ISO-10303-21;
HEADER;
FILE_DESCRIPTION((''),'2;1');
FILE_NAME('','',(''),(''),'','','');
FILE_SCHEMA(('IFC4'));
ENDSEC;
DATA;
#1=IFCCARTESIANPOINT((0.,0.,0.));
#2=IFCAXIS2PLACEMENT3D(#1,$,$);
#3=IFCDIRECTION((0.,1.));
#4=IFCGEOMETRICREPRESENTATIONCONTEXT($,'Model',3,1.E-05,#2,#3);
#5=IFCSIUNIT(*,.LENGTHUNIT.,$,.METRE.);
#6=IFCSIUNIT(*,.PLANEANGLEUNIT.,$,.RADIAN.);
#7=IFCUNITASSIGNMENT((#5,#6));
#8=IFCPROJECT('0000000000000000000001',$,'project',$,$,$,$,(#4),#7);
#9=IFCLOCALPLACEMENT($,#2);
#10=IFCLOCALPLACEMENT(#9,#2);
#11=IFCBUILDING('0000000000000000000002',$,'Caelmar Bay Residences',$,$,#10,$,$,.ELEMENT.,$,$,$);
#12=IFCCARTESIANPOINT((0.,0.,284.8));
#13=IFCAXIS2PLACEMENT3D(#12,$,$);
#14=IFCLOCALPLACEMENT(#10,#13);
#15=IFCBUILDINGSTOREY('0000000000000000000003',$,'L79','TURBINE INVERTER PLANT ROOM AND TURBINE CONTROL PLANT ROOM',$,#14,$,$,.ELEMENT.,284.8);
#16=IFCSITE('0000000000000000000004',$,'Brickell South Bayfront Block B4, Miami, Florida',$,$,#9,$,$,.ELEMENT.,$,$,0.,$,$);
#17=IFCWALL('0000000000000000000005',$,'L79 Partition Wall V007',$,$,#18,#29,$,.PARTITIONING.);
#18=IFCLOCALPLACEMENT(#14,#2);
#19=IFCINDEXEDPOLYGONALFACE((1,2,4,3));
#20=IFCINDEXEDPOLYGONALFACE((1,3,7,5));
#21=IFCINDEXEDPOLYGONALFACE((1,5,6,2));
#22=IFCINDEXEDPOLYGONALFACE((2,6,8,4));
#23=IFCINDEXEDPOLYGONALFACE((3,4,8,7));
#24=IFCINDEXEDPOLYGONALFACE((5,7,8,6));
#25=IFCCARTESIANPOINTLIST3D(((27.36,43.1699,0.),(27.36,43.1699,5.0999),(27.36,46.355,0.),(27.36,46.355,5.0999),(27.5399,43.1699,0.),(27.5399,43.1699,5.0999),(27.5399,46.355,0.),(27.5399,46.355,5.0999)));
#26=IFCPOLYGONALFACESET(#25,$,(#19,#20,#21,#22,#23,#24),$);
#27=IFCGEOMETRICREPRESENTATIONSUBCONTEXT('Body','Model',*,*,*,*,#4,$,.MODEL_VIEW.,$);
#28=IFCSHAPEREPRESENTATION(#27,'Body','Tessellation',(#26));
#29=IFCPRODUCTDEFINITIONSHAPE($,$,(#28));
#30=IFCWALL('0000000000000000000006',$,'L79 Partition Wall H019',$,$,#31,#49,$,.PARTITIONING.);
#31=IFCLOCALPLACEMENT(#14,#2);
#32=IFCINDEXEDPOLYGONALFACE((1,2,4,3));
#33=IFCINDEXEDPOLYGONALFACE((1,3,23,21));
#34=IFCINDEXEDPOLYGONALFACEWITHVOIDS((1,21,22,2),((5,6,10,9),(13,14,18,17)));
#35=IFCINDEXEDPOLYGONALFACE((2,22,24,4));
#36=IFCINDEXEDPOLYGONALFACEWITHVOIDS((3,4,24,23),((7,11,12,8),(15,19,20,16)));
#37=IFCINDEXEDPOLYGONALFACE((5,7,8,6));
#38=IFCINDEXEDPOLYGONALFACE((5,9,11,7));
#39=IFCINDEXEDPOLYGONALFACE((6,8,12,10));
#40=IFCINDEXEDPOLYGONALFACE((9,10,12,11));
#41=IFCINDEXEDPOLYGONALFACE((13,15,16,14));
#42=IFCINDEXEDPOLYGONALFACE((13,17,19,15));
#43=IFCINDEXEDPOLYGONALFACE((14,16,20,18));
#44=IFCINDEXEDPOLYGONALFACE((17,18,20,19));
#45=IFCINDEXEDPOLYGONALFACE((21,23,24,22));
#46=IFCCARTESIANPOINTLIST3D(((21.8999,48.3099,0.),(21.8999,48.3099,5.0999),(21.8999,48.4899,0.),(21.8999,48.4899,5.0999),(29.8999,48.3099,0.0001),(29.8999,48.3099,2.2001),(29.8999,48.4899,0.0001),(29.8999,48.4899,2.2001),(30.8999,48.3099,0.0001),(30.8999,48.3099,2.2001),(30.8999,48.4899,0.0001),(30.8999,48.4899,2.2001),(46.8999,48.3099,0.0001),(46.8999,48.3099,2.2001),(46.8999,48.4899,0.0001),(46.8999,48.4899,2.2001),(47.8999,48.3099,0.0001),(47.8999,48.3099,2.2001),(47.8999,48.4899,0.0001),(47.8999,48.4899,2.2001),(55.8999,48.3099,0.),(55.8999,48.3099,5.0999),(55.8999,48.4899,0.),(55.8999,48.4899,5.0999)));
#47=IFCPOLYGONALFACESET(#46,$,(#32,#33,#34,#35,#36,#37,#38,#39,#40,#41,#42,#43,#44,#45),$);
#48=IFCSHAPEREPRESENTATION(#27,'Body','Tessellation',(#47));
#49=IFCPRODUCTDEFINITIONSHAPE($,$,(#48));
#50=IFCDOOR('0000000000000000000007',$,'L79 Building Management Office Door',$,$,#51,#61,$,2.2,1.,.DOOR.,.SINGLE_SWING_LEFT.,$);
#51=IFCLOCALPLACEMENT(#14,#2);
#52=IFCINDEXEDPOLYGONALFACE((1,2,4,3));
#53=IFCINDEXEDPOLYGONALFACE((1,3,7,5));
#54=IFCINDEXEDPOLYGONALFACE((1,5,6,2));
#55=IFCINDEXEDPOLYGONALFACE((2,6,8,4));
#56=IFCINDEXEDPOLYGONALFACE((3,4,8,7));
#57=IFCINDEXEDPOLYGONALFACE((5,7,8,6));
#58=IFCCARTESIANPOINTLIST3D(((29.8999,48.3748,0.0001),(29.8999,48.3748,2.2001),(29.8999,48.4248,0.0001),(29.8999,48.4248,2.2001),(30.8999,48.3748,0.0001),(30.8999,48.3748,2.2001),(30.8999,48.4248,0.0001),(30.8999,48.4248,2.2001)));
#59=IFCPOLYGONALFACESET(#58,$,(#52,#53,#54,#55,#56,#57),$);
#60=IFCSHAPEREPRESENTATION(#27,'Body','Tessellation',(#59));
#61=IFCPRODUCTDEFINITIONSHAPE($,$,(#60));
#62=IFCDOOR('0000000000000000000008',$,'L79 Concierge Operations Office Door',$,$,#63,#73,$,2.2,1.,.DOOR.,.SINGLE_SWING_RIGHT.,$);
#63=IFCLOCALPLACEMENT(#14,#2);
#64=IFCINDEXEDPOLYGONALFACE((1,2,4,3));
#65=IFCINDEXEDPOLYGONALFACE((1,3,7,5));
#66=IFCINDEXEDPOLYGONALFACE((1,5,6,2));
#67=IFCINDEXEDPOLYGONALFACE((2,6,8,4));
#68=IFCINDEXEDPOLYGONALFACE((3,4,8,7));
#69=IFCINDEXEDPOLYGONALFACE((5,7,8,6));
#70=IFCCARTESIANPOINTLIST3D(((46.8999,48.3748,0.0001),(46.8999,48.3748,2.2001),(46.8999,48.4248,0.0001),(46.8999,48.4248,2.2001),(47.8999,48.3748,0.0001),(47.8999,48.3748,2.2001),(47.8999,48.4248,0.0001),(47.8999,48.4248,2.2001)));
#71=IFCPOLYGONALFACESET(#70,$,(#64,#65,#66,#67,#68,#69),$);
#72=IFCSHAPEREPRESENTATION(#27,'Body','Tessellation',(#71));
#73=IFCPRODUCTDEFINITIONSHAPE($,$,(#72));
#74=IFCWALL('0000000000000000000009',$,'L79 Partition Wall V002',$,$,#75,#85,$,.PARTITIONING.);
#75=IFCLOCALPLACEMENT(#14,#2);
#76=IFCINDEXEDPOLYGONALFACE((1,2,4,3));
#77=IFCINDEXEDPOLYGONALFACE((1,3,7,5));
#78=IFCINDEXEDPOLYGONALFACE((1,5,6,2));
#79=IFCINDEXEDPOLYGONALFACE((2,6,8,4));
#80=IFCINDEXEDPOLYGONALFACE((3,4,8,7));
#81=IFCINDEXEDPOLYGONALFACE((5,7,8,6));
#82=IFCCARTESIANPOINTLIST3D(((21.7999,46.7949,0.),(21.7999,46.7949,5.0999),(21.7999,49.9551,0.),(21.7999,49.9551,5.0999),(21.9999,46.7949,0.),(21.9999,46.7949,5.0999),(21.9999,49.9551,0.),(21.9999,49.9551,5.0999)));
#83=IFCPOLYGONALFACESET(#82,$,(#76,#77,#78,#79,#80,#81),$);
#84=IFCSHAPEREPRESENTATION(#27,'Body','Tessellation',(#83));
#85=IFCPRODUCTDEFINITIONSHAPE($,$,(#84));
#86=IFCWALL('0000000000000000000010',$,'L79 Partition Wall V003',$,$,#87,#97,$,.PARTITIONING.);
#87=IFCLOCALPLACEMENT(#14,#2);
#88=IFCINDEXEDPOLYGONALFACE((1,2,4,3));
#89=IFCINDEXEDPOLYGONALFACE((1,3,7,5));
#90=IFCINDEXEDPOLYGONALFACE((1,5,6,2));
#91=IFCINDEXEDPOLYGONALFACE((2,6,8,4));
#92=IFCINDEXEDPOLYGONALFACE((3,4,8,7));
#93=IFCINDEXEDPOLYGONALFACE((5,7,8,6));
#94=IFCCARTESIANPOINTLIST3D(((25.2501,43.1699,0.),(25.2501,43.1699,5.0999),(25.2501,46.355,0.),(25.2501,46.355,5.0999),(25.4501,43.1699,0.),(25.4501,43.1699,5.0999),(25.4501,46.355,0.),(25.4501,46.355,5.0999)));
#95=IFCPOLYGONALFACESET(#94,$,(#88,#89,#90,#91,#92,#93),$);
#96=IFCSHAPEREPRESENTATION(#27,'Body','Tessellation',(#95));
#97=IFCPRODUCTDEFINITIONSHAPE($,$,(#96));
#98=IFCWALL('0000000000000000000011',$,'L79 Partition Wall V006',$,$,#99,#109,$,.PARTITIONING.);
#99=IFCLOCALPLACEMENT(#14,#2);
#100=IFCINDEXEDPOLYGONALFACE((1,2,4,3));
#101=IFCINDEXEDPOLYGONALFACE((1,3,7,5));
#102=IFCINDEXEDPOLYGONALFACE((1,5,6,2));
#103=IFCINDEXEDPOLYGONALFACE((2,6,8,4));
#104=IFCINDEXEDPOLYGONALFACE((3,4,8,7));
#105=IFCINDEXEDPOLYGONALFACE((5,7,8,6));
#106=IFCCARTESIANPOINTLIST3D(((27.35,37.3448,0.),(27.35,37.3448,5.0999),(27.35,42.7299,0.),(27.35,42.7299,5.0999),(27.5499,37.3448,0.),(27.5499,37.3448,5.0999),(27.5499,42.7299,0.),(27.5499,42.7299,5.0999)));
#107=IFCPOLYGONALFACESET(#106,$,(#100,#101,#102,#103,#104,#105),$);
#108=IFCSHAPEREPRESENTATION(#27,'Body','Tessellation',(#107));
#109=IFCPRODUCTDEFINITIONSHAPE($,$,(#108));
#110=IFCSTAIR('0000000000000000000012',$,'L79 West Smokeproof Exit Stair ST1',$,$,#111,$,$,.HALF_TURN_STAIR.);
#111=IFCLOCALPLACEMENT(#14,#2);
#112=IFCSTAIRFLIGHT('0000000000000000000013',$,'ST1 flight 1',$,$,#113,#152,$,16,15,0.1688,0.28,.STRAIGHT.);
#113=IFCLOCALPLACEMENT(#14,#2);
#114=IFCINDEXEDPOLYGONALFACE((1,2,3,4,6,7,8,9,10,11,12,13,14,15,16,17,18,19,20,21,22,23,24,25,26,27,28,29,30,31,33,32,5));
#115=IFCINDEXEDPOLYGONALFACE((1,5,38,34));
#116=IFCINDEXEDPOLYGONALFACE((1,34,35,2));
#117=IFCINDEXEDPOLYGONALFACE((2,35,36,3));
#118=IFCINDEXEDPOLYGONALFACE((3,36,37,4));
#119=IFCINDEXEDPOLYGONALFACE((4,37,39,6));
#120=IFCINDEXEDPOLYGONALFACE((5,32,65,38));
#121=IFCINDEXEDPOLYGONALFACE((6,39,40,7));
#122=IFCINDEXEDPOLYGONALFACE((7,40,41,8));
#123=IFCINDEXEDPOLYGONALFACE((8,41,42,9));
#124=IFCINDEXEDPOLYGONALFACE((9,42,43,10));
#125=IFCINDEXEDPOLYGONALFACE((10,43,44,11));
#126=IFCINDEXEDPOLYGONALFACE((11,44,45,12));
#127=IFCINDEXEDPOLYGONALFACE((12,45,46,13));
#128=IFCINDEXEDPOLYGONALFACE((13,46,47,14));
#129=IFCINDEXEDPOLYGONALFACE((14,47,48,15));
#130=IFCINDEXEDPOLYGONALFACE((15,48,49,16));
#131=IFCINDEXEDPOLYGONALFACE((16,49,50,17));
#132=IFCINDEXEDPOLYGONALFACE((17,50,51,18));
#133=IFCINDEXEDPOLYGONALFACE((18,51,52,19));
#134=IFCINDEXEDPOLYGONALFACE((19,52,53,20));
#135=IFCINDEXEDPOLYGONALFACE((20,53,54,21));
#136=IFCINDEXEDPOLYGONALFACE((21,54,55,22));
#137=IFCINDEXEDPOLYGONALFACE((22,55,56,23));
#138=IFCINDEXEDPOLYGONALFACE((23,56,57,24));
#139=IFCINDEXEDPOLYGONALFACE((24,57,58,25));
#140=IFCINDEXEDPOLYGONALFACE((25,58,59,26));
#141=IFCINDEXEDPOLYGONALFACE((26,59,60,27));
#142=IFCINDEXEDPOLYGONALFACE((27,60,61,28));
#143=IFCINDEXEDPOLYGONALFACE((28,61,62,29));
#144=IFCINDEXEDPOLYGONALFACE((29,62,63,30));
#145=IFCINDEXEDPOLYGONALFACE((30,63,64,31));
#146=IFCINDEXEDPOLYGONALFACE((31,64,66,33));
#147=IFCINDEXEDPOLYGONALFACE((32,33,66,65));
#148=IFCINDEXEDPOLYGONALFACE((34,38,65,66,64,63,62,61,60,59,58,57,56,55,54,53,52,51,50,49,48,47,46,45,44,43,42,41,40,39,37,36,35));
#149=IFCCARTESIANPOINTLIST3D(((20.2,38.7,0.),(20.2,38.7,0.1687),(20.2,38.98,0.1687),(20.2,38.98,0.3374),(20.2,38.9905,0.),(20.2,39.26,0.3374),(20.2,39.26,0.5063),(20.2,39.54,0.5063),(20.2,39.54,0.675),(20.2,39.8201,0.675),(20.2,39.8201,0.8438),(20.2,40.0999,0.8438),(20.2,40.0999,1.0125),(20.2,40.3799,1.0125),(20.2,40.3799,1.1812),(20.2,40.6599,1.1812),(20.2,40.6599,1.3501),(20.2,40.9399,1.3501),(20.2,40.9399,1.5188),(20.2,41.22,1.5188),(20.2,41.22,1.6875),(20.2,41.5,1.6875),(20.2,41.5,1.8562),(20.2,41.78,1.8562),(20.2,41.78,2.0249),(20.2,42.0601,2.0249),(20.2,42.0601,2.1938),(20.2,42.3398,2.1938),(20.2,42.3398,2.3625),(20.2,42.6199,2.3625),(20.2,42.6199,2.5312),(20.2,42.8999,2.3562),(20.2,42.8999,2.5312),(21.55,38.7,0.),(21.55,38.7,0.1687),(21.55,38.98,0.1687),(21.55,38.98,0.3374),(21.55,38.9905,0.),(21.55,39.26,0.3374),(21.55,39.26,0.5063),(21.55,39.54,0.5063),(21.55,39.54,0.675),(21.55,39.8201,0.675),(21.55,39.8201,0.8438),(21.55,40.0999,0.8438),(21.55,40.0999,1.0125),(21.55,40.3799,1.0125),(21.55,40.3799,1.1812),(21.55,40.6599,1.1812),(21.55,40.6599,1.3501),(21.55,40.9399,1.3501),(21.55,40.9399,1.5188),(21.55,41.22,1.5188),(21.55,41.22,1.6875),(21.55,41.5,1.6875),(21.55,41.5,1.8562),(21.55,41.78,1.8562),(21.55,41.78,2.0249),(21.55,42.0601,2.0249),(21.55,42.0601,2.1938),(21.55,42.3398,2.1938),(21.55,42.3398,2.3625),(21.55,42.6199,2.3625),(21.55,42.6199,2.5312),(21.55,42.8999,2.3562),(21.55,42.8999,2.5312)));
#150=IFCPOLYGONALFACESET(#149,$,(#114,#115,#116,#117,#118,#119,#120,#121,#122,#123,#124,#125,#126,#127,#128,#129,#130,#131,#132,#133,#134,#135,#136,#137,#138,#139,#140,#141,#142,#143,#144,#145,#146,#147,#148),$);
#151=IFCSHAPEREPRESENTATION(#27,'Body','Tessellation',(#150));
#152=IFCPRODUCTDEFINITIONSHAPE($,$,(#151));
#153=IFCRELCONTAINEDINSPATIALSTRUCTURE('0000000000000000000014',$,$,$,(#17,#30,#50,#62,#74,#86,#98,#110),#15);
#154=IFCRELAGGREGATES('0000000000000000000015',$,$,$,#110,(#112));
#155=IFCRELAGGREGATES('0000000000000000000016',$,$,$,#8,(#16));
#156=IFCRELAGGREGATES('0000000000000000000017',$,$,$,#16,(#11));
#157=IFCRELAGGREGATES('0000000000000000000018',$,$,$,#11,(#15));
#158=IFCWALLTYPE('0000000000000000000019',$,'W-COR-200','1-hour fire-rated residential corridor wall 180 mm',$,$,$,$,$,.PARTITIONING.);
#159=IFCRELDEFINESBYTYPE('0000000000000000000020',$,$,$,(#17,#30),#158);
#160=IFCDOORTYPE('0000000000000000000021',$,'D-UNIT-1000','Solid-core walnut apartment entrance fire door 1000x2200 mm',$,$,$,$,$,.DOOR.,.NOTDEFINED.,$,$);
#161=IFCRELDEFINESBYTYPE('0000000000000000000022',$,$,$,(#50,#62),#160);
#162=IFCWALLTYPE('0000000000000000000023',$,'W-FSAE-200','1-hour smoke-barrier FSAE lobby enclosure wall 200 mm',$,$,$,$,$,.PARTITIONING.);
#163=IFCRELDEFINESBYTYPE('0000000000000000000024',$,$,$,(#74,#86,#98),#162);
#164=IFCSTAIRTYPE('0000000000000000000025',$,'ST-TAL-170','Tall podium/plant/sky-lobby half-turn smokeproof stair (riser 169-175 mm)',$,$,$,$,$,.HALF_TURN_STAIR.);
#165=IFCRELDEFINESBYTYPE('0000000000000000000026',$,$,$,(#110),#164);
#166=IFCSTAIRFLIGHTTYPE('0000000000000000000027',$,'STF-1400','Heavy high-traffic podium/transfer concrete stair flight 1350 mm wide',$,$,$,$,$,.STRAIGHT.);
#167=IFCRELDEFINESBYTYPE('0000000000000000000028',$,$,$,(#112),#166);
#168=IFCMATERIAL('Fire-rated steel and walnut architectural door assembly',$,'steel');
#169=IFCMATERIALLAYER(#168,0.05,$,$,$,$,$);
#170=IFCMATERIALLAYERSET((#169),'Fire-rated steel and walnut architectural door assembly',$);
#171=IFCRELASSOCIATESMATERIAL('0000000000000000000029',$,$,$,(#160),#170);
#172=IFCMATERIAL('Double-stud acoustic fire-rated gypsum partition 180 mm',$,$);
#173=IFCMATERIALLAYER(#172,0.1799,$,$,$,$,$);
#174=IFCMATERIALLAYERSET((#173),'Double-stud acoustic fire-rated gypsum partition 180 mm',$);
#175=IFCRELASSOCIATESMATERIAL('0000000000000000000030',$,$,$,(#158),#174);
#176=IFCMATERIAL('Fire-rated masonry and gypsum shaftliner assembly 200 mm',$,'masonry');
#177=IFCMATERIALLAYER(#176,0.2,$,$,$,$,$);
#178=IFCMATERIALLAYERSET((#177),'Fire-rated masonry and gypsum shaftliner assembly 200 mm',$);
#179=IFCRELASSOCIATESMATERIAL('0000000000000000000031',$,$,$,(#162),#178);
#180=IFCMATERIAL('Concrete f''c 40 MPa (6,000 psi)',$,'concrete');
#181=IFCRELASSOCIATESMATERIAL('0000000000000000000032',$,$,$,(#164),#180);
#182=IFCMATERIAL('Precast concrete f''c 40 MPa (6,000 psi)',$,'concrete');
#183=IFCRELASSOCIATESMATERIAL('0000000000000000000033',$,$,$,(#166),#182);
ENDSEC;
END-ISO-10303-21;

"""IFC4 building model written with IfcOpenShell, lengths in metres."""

from ifc_helpers import new_model, si_unit, direction, frame, frame_2d, origin, place, context, subcontext, project, spatial, polyline, rectangle, outline, extrude, material, layer, layer_set, type_object, element, fill, aggregate, save


model = new_model("IFC4")

# Units and contexts
model_context = context("Model", 3, precision=1e-05, world=origin(), true_north=direction((0.0, 1.0)))
body_context = subcontext(model_context, "Body", "Model", "MODEL_VIEW")
ifc_project = project(units=[si_unit("LENGTHUNIT", "METRE"), si_unit("PLANEANGLEUNIT", "RADIAN")], contexts=[model_context])

# Site, building, storey
site_placement = place(None, origin())
site = spatial("IfcSite", under=ifc_project, at=site_placement, Name="Brickell South Bayfront Block B4, Miami, Florida", CompositionType="ELEMENT", RefElevation=0.0)
building_placement = place(site_placement, origin())
building = spatial("IfcBuilding", under=site, at=building_placement, Name="Caelmar Bay Residences", CompositionType="ELEMENT")
storey_placement = place(building_placement, frame((0.0, 0.0, 284.8)))
storey = spatial("IfcBuildingStorey", under=building, at=storey_placement, Name="L79", Description="TURBINE INVERTER PLANT ROOM AND TURBINE CONTROL PLANT ROOM", CompositionType="ELEMENT", Elevation=284.8)

# Shared definitions
ifc_material_1 = material(Name="Fire-rated steel and walnut architectural door assembly", Category="steel")

# Shared definitions
ifc_layer_1 = layer(ifc_material_1, 0.05)
ifc_layer_set_1 = layer_set([ifc_layer_1], Name="Fire-rated steel and walnut architectural door assembly")
door_type_1 = type_object("IfcDoorType", Name="D-UNIT-1000", Description="Solid-core walnut apartment entrance fire door 1000x2200 mm", OperationType="NOTDEFINED", PredefinedType="DOOR", material=ifc_layer_set_1)

# Wall
ifc_material_2 = material(Name="Double-stud acoustic fire-rated gypsum partition 180 mm")
ifc_layer_2 = layer(ifc_material_2, 0.1799)
ifc_layer_set_2 = layer_set([ifc_layer_2], Name="Double-stud acoustic fire-rated gypsum partition 180 mm")
wall_type_1 = type_object("IfcWallType", Name="W-COR-200", Description="1-hour fire-rated residential corridor wall 180 mm", PredefinedType="PARTITIONING", material=ifc_layer_set_2)
wall_1_placement = place(storey_placement, frame((27.45, 43.1699, 0.0), z_axis=(0.0, 0.0, 1.0), x_axis=(0.0, 1.0, 0.0)))
element("IfcWall", 1, at=wall_1_placement, inside=storey, type_object=wall_type_1, Name="L79 Partition Wall V007", PredefinedType="PARTITIONING", context=body_context, shape_type="SweptSolid", body=[
    extrude(rectangle(XDim=3.1851, YDim=0.1799, at=frame_2d((1.5925, 0.0))), origin(), (0.0, 0.0, 1.0), 5.0999),
])

# Wall, openings, doors
wall_2_placement = place(storey_placement, frame((21.8999, 48.3999, 0.0), z_axis=(0.0, 0.0, 1.0), x_axis=(1.0, 0.0, 0.0)))
wall_2 = element("IfcWall", 2, at=wall_2_placement, inside=storey, type_object=wall_type_1, Name="L79 Partition Wall H019", PredefinedType="PARTITIONING", context=body_context, shape_type="SweptSolid", body=[
    extrude(rectangle(XDim=34.0, YDim=0.1799, at=frame_2d((17.0, 0.0))), origin(), (0.0, 0.0, 1.0), 5.0999),
])
opening_1_placement = place(wall_2_placement, frame((8.0, 0.0, 0.0)))
opening_1 = element("IfcOpeningElement", 3, at=opening_1_placement, cuts=wall_2, PredefinedType="OPENING", context=body_context, shape_type="SweptSolid", body=[
    extrude(rectangle(XDim=1.0, YDim=2.2, at=frame_2d((0.5, 1.1001))), frame((0.0, 0.0999, 0.0), z_axis=(0.0, -1.0, 0.0), x_axis=(1.0, 0.0, 0.0)), (0.0, 0.0, 1.0), 0.2),
])
opening_2_placement = place(wall_2_placement, frame((25.0, 0.0, 0.0)))
opening_2 = element("IfcOpeningElement", 4, at=opening_2_placement, cuts=wall_2, PredefinedType="OPENING", context=body_context, shape_type="SweptSolid", body=[
    extrude(rectangle(XDim=1.0, YDim=2.2, at=frame_2d((0.5, 1.1001))), frame((0.0, 0.0999, 0.0), z_axis=(0.0, -1.0, 0.0), x_axis=(1.0, 0.0, 0.0)), (0.0, 0.0, 1.0), 0.2),
])
door_1_placement = place(opening_1_placement, origin())
door_1 = element("IfcDoor", 5, at=door_1_placement, inside=storey, type_object=door_type_1, Name="L79 Building Management Office Door", OperationType="SINGLE_SWING_LEFT", OverallHeight=2.2, OverallWidth=1.0, PredefinedType="DOOR", context=body_context, shape_type="SweptSolid", body=[
    extrude(rectangle(XDim=1.0, YDim=2.2, at=frame_2d((0.5, 1.1001))), frame((0.0, 0.0249, 0.0), z_axis=(0.0, -1.0, 0.0), x_axis=(1.0, 0.0, 0.0)), (0.0, 0.0, 1.0), 0.05),
])
fill(opening_1, door_1)
door_2_placement = place(opening_2_placement, origin())
door_2 = element("IfcDoor", 6, at=door_2_placement, inside=storey, type_object=door_type_1, Name="L79 Concierge Operations Office Door", OperationType="SINGLE_SWING_RIGHT", OverallHeight=2.2, OverallWidth=1.0, PredefinedType="DOOR", context=body_context, shape_type="SweptSolid", body=[
    extrude(rectangle(XDim=1.0, YDim=2.2, at=frame_2d((0.5, 1.1001))), frame((0.0, 0.0249, 0.0), z_axis=(0.0, -1.0, 0.0), x_axis=(1.0, 0.0, 0.0)), (0.0, 0.0, 1.0), 0.05),
])
fill(opening_2, door_2)

# Walls
ifc_material_3 = material(Name="Fire-rated masonry and gypsum shaftliner assembly 200 mm", Category="masonry")
ifc_layer_3 = layer(ifc_material_3, 0.2)
ifc_layer_set_3 = layer_set([ifc_layer_3], Name="Fire-rated masonry and gypsum shaftliner assembly 200 mm")
wall_type_2 = type_object("IfcWallType", Name="W-FSAE-200", Description="1-hour smoke-barrier FSAE lobby enclosure wall 200 mm", PredefinedType="PARTITIONING", material=ifc_layer_set_3)
wall_3_placement = place(storey_placement, frame((21.8999, 46.7949, 0.0), z_axis=(0.0, 0.0, 1.0), x_axis=(0.0, 1.0, 0.0)))
element("IfcWall", 7, at=wall_3_placement, inside=storey, type_object=wall_type_2, Name="L79 Partition Wall V002", PredefinedType="PARTITIONING", context=body_context, shape_type="SweptSolid", body=[
    extrude(rectangle(XDim=3.1602, YDim=0.2, at=frame_2d((1.5801, 0.0))), origin(), (0.0, 0.0, 1.0), 5.0999),
])
wall_4_placement = place(storey_placement, frame((25.3501, 43.1699, 0.0), z_axis=(0.0, 0.0, 1.0), x_axis=(0.0, 1.0, 0.0)))
element("IfcWall", 8, at=wall_4_placement, inside=storey, type_object=wall_type_2, Name="L79 Partition Wall V003", PredefinedType="PARTITIONING", context=body_context, shape_type="SweptSolid", body=[
    extrude(rectangle(XDim=3.1851, YDim=0.2, at=frame_2d((1.5925, 0.0))), origin(), (0.0, 0.0, 1.0), 5.0999),
])
wall_5_placement = place(storey_placement, frame((27.45, 37.345, 0.0), z_axis=(0.0, 0.0, 1.0), x_axis=(0.0, 1.0, 0.0)))
element("IfcWall", 9, at=wall_5_placement, inside=storey, type_object=wall_type_2, Name="L79 Partition Wall V006", PredefinedType="PARTITIONING", context=body_context, shape_type="SweptSolid", body=[
    extrude(rectangle(XDim=5.385, YDim=0.2, at=frame_2d((2.6924, 0.0))), origin(), (0.0, 0.0, 1.0), 5.0999),
])

# Stair, stair flight
ifc_material_4 = material(Name="Concrete f'c 40 MPa (6,000 psi)", Category="concrete")
stair_type = type_object("IfcStairType", Name="ST-TAL-170", Description="Tall podium/plant/sky-lobby half-turn smokeproof stair (riser 169-175 mm)", PredefinedType="HALF_TURN_STAIR", material=ifc_material_4)
stair_placement = place(storey_placement, origin())
stair = element("IfcStair", 10, at=stair_placement, inside=storey, type_object=stair_type, Name="L79 West Smokeproof Exit Stair ST1", PredefinedType="HALF_TURN_STAIR")
ifc_material_5 = material(Name="Precast concrete f'c 40 MPa (6,000 psi)", Category="concrete")
stair_flight_type = type_object("IfcStairFlightType", Name="STF-1400", Description="Heavy high-traffic podium/transfer concrete stair flight 1350 mm wide", PredefinedType="STRAIGHT", material=ifc_material_5)
stair_flight_1_placement = place(storey_placement, frame((20.875, 38.7, 0.0), z_axis=(0.0, 0.0, 1.0), x_axis=(0.0, 1.0, 0.0)))
stair_flight_1 = element("IfcStairFlight", 11, at=stair_flight_1_placement, type_object=stair_flight_type, Name="ST1 flight 1", NumberOfRisers=16, NumberOfTreads=15, PredefinedType="STRAIGHT", RiserHeight=0.1688, TreadLength=0.28, context=body_context, shape_type="SweptSolid", body=[
    extrude(outline(polyline([(0.0, 0.0), (0.0, 0.1687), (0.28, 0.1687), (0.28, 0.3374), (0.5601, 0.3374), (0.5601, 0.5063), (0.8401, 0.5063), (0.8401, 0.675), (1.1201, 0.675), (1.1201, 0.8438), (1.3999, 0.8438), (1.3999, 1.0125), (1.6799, 1.0125), (1.6799, 1.1812), (1.96, 1.1812), (1.96, 1.3501), (2.24, 1.3501), (2.24, 1.5188), (2.52, 1.5188), (2.52, 1.6875), (2.8, 1.6875), (2.8, 1.8562), (3.0801, 1.8562), (3.0801, 2.0249), (3.3601, 2.0249), (3.3601, 2.1938), (3.6399, 2.1938), (3.6399, 2.3625), (3.9199, 2.3625), (3.9199, 2.5312), (4.2, 2.5312), (4.2, 2.7), (4.2, 2.3562), (0.2905, 0.0), (0.0, 0.0)])), frame((0.0, 0.675, 0.0), z_axis=(0.0, -1.0, 0.0), x_axis=(1.0, 0.0, 0.0)), (0.0, 0.0, 1.0), 1.3501),
])
aggregate(stair, [stair_flight_1])

save(model, "model.ifc")
